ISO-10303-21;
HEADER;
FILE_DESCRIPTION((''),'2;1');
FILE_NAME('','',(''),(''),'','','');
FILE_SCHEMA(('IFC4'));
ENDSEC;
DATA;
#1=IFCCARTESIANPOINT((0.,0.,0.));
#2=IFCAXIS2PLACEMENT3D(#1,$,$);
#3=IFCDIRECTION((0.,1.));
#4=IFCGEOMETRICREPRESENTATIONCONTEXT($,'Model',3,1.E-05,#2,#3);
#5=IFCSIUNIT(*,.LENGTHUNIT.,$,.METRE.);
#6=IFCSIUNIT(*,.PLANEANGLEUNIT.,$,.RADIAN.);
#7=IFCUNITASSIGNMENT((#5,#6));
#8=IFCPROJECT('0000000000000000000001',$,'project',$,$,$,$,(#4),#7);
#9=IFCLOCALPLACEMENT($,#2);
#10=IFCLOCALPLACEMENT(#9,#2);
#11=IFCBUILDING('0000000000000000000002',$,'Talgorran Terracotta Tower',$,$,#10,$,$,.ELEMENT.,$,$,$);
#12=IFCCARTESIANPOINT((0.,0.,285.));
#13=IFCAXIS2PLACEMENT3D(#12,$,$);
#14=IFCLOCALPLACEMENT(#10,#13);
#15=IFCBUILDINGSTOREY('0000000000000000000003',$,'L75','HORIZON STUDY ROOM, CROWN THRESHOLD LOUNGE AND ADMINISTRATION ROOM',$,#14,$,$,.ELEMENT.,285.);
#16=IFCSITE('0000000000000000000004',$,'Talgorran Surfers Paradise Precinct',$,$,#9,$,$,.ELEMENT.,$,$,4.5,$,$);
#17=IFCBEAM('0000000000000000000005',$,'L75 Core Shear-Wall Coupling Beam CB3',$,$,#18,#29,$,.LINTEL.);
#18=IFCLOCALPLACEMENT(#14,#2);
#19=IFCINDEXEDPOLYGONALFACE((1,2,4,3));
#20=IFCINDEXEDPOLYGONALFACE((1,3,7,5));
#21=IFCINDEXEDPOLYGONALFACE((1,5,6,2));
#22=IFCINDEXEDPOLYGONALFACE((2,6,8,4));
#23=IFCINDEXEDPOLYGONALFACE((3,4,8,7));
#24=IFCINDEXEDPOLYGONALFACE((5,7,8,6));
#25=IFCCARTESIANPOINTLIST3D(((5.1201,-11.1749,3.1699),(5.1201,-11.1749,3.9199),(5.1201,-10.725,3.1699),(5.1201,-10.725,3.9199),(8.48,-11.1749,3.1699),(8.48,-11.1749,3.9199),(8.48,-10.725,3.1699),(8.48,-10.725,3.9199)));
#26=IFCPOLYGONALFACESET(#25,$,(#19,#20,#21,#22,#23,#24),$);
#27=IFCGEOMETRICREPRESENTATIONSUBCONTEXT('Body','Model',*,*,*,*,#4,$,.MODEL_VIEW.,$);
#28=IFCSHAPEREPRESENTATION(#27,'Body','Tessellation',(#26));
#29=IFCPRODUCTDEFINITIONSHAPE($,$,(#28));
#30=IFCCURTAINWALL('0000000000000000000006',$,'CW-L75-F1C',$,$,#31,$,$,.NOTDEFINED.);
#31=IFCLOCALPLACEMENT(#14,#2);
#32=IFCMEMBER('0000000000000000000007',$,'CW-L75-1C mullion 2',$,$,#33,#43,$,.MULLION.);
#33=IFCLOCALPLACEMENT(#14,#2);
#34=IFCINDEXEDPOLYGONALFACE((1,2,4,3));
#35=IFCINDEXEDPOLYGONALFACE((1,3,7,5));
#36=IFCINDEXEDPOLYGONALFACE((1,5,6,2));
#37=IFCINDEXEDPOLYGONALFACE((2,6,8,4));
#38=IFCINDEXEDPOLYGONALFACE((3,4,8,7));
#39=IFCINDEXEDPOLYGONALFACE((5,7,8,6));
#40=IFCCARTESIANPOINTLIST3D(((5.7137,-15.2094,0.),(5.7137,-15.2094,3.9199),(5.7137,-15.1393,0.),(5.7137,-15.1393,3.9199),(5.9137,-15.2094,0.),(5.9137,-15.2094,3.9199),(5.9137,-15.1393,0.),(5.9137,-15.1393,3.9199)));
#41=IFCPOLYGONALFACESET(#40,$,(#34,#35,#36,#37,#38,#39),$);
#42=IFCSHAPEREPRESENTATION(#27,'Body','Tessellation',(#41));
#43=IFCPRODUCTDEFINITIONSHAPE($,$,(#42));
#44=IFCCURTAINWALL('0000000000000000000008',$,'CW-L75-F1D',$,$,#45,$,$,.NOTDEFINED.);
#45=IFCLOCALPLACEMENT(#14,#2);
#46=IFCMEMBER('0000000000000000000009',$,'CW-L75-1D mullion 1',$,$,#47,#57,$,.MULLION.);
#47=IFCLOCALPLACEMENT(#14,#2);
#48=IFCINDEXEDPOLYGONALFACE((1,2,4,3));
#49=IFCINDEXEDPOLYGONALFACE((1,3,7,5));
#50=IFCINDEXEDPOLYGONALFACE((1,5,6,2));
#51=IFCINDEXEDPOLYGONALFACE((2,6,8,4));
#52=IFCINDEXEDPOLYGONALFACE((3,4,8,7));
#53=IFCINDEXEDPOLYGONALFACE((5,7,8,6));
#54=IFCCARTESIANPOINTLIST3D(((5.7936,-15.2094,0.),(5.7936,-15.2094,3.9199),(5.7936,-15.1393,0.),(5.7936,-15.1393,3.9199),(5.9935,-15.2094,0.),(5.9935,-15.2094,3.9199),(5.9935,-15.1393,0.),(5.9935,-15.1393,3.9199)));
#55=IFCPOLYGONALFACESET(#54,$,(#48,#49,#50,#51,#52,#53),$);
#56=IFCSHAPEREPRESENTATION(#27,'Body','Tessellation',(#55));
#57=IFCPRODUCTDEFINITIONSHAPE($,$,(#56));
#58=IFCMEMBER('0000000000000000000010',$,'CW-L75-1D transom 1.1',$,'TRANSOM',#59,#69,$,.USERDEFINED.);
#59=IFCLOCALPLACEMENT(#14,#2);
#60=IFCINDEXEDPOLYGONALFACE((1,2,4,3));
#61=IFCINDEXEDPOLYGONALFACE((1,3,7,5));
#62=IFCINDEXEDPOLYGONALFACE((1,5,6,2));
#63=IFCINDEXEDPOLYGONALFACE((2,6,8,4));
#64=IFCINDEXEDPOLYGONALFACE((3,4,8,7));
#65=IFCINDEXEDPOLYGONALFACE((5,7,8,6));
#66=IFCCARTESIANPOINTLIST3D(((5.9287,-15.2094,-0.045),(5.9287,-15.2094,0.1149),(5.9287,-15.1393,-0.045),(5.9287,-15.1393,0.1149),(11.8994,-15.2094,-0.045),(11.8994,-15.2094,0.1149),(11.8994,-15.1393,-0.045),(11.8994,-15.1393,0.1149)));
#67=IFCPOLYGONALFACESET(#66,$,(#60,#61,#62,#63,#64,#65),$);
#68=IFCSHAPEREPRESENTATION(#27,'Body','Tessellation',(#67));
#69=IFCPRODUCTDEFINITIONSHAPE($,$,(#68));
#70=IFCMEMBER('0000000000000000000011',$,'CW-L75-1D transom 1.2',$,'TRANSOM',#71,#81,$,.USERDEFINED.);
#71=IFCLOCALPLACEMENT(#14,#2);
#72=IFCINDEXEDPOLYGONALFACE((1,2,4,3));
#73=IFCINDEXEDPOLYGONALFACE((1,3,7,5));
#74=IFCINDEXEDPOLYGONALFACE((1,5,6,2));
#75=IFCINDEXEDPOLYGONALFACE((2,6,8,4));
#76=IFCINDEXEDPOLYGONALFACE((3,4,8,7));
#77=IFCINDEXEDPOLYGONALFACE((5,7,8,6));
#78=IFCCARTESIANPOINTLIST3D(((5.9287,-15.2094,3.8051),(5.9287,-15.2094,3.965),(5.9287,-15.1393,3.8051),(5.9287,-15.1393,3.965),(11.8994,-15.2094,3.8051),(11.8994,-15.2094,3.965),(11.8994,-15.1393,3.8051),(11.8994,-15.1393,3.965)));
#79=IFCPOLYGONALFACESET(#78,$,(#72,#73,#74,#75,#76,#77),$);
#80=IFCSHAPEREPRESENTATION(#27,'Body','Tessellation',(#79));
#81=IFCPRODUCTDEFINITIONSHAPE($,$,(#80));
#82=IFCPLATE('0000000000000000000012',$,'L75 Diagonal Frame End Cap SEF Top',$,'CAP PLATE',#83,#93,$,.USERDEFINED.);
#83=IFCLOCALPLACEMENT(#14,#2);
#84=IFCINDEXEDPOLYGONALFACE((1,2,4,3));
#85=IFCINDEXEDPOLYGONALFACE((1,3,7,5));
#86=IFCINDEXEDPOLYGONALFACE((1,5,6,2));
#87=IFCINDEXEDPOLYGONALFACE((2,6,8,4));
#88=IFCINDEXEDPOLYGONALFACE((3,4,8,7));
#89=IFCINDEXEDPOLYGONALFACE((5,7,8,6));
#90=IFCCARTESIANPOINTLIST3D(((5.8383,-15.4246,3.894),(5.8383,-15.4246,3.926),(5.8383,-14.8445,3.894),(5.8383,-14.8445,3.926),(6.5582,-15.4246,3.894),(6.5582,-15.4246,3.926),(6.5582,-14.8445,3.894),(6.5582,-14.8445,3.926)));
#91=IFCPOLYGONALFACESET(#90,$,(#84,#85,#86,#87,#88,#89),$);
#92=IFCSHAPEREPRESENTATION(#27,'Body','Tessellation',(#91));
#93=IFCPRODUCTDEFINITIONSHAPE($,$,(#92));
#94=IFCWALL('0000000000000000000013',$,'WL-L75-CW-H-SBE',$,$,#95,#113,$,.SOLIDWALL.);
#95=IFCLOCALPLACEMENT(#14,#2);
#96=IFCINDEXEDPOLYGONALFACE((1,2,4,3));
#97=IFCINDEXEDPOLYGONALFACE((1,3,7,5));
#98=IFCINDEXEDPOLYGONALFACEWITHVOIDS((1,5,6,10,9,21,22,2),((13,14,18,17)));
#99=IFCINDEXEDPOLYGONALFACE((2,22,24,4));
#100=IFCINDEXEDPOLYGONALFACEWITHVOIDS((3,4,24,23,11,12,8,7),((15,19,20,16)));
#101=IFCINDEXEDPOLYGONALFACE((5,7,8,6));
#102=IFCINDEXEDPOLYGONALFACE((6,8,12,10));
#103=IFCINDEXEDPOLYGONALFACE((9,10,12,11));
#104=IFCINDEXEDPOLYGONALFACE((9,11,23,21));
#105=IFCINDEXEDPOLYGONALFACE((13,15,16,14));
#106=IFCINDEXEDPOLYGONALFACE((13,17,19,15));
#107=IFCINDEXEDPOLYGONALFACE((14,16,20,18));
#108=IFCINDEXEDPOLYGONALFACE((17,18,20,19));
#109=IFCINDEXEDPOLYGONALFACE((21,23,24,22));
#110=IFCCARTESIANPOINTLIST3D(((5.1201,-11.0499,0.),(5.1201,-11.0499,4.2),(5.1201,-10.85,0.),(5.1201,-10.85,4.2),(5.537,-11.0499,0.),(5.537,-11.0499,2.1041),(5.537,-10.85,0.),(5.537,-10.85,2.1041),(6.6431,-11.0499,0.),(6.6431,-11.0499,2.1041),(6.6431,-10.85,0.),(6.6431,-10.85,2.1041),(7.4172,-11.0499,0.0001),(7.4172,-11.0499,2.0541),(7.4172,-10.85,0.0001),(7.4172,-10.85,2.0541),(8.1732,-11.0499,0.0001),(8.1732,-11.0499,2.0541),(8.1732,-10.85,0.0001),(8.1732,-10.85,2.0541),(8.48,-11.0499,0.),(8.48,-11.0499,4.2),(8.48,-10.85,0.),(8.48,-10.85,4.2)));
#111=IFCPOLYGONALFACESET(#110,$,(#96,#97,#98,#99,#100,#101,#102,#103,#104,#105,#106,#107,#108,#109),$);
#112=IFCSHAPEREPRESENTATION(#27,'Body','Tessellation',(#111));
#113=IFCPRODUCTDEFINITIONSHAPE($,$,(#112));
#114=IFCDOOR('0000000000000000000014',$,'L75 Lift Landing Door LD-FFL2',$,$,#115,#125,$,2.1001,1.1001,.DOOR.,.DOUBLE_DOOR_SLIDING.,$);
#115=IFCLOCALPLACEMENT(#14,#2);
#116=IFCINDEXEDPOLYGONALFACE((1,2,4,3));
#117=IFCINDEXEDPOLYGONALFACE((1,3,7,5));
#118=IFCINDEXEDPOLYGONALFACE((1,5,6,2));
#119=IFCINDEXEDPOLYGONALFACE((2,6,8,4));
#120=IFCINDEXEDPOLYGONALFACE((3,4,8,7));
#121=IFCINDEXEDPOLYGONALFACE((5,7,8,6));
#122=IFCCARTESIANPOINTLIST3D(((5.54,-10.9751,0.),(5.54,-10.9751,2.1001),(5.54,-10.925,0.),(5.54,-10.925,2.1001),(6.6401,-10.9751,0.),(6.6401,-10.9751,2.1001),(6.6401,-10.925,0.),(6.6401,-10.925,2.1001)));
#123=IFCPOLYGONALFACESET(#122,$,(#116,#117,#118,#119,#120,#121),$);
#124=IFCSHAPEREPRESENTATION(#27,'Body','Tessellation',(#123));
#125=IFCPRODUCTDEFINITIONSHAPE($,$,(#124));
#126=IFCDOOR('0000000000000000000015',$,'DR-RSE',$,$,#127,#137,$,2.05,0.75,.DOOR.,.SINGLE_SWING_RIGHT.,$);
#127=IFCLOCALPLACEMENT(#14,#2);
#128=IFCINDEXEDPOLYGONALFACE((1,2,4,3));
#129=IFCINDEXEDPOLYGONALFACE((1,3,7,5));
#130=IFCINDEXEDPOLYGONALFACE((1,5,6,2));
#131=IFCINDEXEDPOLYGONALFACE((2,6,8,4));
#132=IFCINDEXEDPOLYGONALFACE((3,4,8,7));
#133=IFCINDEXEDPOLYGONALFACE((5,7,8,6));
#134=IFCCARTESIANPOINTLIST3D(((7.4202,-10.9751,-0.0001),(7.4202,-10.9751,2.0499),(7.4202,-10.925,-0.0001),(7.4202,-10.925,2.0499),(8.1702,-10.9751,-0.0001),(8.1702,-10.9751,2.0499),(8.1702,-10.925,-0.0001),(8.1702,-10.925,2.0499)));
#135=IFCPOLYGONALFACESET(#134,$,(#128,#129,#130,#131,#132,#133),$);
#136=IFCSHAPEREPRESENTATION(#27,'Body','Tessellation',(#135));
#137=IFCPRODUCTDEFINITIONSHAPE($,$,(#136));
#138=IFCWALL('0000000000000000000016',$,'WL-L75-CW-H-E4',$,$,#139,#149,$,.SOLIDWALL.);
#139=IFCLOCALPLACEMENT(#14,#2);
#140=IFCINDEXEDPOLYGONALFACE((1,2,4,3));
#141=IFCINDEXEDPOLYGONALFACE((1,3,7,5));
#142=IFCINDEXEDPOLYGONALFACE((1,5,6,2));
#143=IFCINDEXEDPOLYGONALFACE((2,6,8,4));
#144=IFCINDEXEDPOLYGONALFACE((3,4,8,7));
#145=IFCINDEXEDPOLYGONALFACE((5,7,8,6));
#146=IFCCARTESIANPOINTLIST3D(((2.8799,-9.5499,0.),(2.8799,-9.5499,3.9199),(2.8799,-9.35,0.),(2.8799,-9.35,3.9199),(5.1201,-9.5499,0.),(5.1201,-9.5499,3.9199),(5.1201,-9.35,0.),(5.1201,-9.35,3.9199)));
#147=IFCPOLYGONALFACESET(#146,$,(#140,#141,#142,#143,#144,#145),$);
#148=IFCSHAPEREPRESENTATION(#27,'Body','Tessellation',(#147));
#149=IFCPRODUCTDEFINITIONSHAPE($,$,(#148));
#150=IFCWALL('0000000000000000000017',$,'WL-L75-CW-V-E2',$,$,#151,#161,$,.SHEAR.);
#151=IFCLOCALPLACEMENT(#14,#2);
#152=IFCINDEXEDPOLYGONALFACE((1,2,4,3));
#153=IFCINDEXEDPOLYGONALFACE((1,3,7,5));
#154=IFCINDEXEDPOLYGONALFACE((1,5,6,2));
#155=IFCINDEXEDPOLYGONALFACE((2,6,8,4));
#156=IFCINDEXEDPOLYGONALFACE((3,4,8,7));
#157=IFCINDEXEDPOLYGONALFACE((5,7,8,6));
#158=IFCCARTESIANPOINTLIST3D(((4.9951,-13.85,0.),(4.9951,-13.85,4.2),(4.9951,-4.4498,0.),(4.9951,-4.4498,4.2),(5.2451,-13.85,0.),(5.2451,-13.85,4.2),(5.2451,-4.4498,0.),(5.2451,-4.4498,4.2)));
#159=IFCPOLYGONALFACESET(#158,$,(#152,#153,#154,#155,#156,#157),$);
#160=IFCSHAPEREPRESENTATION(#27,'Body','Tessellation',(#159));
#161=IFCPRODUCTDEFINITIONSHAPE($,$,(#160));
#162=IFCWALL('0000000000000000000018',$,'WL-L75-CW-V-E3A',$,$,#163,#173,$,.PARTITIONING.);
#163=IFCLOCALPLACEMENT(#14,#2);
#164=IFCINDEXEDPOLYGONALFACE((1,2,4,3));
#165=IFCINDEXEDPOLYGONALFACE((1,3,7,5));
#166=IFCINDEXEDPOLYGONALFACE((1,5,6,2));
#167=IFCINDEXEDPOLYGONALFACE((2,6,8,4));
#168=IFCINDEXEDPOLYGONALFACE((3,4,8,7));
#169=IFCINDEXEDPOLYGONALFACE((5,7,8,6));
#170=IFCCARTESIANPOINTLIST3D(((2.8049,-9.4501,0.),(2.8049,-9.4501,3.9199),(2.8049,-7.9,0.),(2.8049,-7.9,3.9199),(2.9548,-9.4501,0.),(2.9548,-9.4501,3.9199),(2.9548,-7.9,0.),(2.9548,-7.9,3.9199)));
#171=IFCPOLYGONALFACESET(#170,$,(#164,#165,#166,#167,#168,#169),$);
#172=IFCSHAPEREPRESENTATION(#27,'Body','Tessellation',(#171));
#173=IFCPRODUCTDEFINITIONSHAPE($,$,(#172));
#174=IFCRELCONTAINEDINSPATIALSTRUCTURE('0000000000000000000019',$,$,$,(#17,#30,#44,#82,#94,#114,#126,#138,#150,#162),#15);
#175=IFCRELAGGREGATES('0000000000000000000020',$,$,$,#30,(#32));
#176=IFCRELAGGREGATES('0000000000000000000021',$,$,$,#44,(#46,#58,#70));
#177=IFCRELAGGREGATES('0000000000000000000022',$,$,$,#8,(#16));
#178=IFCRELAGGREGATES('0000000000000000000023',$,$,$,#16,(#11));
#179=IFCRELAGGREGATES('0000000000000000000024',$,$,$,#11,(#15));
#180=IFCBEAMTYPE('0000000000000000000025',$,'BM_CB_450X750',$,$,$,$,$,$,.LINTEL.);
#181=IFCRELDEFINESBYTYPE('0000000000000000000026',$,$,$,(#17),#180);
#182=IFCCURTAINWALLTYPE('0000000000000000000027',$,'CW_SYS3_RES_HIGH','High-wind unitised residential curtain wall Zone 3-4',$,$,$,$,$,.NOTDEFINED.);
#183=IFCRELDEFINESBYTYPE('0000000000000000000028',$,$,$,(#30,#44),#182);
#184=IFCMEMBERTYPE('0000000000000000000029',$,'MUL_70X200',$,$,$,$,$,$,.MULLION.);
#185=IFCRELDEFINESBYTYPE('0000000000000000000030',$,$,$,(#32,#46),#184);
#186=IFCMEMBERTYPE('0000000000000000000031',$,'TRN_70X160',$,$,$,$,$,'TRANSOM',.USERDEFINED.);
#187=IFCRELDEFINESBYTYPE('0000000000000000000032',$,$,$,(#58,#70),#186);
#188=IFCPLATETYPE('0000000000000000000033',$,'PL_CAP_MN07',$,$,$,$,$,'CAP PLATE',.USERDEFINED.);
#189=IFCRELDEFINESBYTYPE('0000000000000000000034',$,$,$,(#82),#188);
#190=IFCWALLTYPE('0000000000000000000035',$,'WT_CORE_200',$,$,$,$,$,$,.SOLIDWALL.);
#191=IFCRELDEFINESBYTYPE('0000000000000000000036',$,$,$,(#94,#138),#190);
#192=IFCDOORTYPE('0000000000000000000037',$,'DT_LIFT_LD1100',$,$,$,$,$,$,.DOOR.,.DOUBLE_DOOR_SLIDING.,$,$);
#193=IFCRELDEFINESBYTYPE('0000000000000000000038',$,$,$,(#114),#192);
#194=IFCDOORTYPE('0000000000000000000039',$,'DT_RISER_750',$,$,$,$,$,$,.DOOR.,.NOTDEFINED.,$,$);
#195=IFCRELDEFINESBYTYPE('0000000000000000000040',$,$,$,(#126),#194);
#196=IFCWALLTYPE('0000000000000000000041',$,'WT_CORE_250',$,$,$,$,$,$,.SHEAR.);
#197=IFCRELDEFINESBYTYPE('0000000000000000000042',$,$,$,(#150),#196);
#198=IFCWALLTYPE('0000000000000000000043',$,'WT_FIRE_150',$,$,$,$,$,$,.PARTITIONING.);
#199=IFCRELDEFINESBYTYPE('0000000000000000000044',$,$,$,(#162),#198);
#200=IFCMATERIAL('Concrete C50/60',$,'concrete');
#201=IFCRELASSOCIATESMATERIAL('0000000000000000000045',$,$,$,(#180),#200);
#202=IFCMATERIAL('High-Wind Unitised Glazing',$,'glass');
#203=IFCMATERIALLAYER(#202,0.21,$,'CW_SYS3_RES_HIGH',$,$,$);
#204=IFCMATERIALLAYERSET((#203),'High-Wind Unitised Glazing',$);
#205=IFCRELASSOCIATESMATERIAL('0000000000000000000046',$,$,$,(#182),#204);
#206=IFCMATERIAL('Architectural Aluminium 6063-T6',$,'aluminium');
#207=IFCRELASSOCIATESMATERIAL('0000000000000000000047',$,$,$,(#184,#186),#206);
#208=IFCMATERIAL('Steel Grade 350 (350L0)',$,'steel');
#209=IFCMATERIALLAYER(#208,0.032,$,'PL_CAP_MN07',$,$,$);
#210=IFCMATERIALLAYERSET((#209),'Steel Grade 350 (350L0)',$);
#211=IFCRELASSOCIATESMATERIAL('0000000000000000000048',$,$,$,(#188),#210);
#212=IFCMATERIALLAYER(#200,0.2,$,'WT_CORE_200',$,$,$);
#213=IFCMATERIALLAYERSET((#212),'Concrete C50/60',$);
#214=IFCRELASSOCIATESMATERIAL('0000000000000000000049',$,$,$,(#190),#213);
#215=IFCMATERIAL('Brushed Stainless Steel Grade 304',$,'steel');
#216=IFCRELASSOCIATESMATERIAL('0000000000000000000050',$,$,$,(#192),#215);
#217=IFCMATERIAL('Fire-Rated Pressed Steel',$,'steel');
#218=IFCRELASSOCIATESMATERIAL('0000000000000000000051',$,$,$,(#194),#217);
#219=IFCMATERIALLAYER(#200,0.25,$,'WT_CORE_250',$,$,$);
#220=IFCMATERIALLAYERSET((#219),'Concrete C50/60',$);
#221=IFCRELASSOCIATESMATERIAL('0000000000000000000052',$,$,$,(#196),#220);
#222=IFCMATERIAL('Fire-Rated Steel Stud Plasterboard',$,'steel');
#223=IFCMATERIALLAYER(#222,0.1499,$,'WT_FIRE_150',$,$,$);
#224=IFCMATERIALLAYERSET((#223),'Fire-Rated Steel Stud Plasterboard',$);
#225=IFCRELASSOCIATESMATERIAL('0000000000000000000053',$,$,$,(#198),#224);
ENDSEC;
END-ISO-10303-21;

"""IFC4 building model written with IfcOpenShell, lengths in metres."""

from ifc_helpers import new_model, si_unit, direction, frame, frame_2d, origin, origin_2d, place, context, subcontext, project, spatial, rectangle, extrude, material, layer, layer_set, material_profile, profile_set, type_object, element, fill, aggregate, save


model = new_model("IFC4")

# Units and contexts
model_context = context("Model", 3, precision=1e-05, world=origin(), true_north=direction((0.0, 1.0)))
body_context = subcontext(model_context, "Body", "Model", "MODEL_VIEW")
ifc_project = project(units=[si_unit("LENGTHUNIT", "METRE"), si_unit("PLANEANGLEUNIT", "RADIAN")], contexts=[model_context])

# Site, building, storey
site_placement = place(None, origin())
site = spatial("IfcSite", under=ifc_project, at=site_placement, Name="Talgorran Surfers Paradise Precinct", CompositionType="ELEMENT", RefElevation=4.5)
building_placement = place(site_placement, origin())
building = spatial("IfcBuilding", under=site, at=building_placement, Name="Talgorran Terracotta Tower", CompositionType="ELEMENT")
storey_placement = place(building_placement, frame((0.0, 0.0, 285.0)))
storey = spatial("IfcBuildingStorey", under=building, at=storey_placement, Name="L75", Description="HORIZON STUDY ROOM, CROWN THRESHOLD LOUNGE AND ADMINISTRATION ROOM", CompositionType="ELEMENT", Elevation=285.0)

# Beam
ifc_material_1 = material(Name="Concrete C50/60", Category="concrete")
ifc_material_profile_1 = material_profile(ifc_material_1, rectangle(XDim=0.45, YDim=0.75, at=origin_2d()), Name="RCCB450X750")
ifc_profile_set_1 = profile_set([ifc_material_profile_1], Name="Concrete C50/60")
beam_type = type_object("IfcBeamType", Name="BM_CB_450X750", PredefinedType="LINTEL", material=ifc_profile_set_1)
beam_placement = place(storey_placement, frame((5.1201, -10.95, 3.5449), z_axis=(1.0, 0.0, 0.0), x_axis=(0.0, 1.0, 0.0)))
element("IfcBeam", 1, at=beam_placement, inside=storey, type_object=beam_type, Name="L75 Core Shear-Wall Coupling Beam CB3", PredefinedType="LINTEL", context=body_context, shape_type="SweptSolid", body=[
    extrude(rectangle(XDim=0.45, YDim=0.75, at=origin_2d()), origin(), (0.0, 0.0, 1.0), 3.3599),
])

# Curtain wall, member
ifc_material_2 = material(Name="High-Wind Unitised Glazing", Category="glass")
ifc_layer_1 = layer(ifc_material_2, 0.21, Name="CW_SYS3_RES_HIGH")
ifc_layer_set_1 = layer_set([ifc_layer_1], Name="High-Wind Unitised Glazing")
curtain_wall_type = type_object("IfcCurtainWallType", Name="CW_SYS3_RES_HIGH", Description="High-wind unitised residential curtain wall Zone 3-4", PredefinedType="NOTDEFINED", material=ifc_layer_set_1)
curtain_wall_1_placement = place(storey_placement, origin())
curtain_wall_1 = element("IfcCurtainWall", 2, at=curtain_wall_1_placement, inside=storey, type_object=curtain_wall_type, Name="CW-L75-F1C", PredefinedType="NOTDEFINED")
ifc_material_3 = material(Name="Architectural Aluminium 6063-T6", Category="aluminium")
ifc_material_profile_2 = material_profile(ifc_material_3, rectangle(XDim=0.0701, YDim=0.2, at=origin_2d()), Name="CWM70X200")
ifc_profile_set_2 = profile_set([ifc_material_profile_2], Name="Architectural Aluminium 6063-T6")
member_type_1 = type_object("IfcMemberType", Name="MUL_70X200", PredefinedType="MULLION", material=ifc_profile_set_2)
member_1_placement = place(storey_placement, frame((5.8137, -15.1743, 0.0), z_axis=(0.0, 0.0, 1.0), x_axis=(0.0, 1.0, 0.0)))
member_1 = element("IfcMember", 3, at=member_1_placement, type_object=member_type_1, Name="CW-L75-1C mullion 2", PredefinedType="MULLION", context=body_context, shape_type="SweptSolid", body=[
    extrude(rectangle(XDim=0.0701, YDim=0.2, at=origin_2d()), origin(), (0.0, 0.0, 1.0), 3.9199),
])
aggregate(curtain_wall_1, [member_1])

# Curtain wall, members
curtain_wall_2_placement = place(storey_placement, origin())
curtain_wall_2 = element("IfcCurtainWall", 4, at=curtain_wall_2_placement, inside=storey, type_object=curtain_wall_type, Name="CW-L75-F1D", PredefinedType="NOTDEFINED")
member_2_placement = place(storey_placement, frame((5.8936, -15.1743, 0.0), z_axis=(0.0, 0.0, 1.0), x_axis=(0.0, 1.0, 0.0)))
member_2 = element("IfcMember", 5, at=member_2_placement, type_object=member_type_1, Name="CW-L75-1D mullion 1", PredefinedType="MULLION", context=body_context, shape_type="SweptSolid", body=[
    extrude(rectangle(XDim=0.0701, YDim=0.2, at=origin_2d()), origin(), (0.0, 0.0, 1.0), 3.9199),
])
ifc_material_profile_3 = material_profile(ifc_material_3, rectangle(XDim=0.0701, YDim=0.1599, at=origin_2d()), Name="CWT70X160")
ifc_profile_set_3 = profile_set([ifc_material_profile_3], Name="Architectural Aluminium 6063-T6")
member_type_2 = type_object("IfcMemberType", Name="TRN_70X160", ElementType="TRANSOM", PredefinedType="USERDEFINED", material=ifc_profile_set_3)
member_3_placement = place(storey_placement, frame((5.9287, -15.1743, 0.0349), z_axis=(1.0, 0.0, 0.0), x_axis=(0.0, 1.0, 0.0)))
member_3 = element("IfcMember", 6, at=member_3_placement, type_object=member_type_2, Name="CW-L75-1D transom 1.1", ObjectType="TRANSOM", PredefinedType="USERDEFINED", context=body_context, shape_type="SweptSolid", body=[
    extrude(rectangle(XDim=0.0701, YDim=0.1599, at=origin_2d()), origin(), (0.0, 0.0, 1.0), 5.9707),
])
member_4_placement = place(storey_placement, frame((5.9287, -15.1743, 3.885), z_axis=(1.0, 0.0, 0.0), x_axis=(0.0, 1.0, 0.0)))
member_4 = element("IfcMember", 7, at=member_4_placement, type_object=member_type_2, Name="CW-L75-1D transom 1.2", ObjectType="TRANSOM", PredefinedType="USERDEFINED", context=body_context, shape_type="SweptSolid", body=[
    extrude(rectangle(XDim=0.0701, YDim=0.1599, at=origin_2d()), origin(), (0.0, 0.0, 1.0), 5.9707),
])
aggregate(curtain_wall_2, [member_2, member_3, member_4])

# Plate
ifc_material_4 = material(Name="Steel Grade 350 (350L0)", Category="steel")
ifc_layer_2 = layer(ifc_material_4, 0.032, Name="PL_CAP_MN07")
ifc_layer_set_2 = layer_set([ifc_layer_2], Name="Steel Grade 350 (350L0)")
plate_type = type_object("IfcPlateType", Name="PL_CAP_MN07", ElementType="CAP PLATE", PredefinedType="USERDEFINED", material=ifc_layer_set_2)
plate_placement = place(storey_placement, frame((6.1982, -15.1345, 3.894), z_axis=(0.0, 0.0, 1.0), x_axis=(-1.0, 0.0, 0.0)))
element("IfcPlate", 8, at=plate_placement, inside=storey, type_object=plate_type, Name="L75 Diagonal Frame End Cap SEF Top", ObjectType="CAP PLATE", PredefinedType="USERDEFINED", context=body_context, shape_type="SweptSolid", body=[
    extrude(rectangle(XDim=0.72, YDim=0.5801, at=origin_2d()), origin(), (0.0, 0.0, 1.0), 0.032),
])

# Wall, openings, doors
ifc_layer_3 = layer(ifc_material_1, 0.2, Name="WT_CORE_200")
ifc_layer_set_3 = layer_set([ifc_layer_3], Name="Concrete C50/60")
wall_type_1 = type_object("IfcWallType", Name="WT_CORE_200", PredefinedType="SOLIDWALL", material=ifc_layer_set_3)
wall_1_placement = place(storey_placement, frame((5.1201, -10.95, 0.0), z_axis=(0.0, 0.0, 1.0), x_axis=(1.0, 0.0, 0.0)))
wall_1 = element("IfcWall", 9, at=wall_1_placement, inside=storey, type_object=wall_type_1, Name="WL-L75-CW-H-SBE", PredefinedType="SOLIDWALL", context=body_context, shape_type="SweptSolid", body=[
    extrude(rectangle(XDim=3.3599, YDim=0.2, at=frame_2d((1.6799, 0.0))), origin(), (0.0, 0.0, 1.0), 4.2),
])
opening_1_placement = place(wall_1_placement, frame((0.4199, 0.0, 0.0)))
opening_1 = element("IfcOpeningElement", 10, at=opening_1_placement, cuts=wall_1, PredefinedType="OPENING", context=body_context, shape_type="SweptSolid", body=[
    extrude(rectangle(XDim=1.1061, YDim=2.1041, at=frame_2d((0.55, 1.052))), frame((0.0, 0.1099, 0.0), z_axis=(0.0, -1.0, 0.0), x_axis=(1.0, 0.0, 0.0)), (0.0, 0.0, 1.0), 0.22),
])
opening_2_placement = place(wall_1_placement, frame((2.3, 0.0, 0.0)))
opening_2 = element("IfcOpeningElement", 11, at=opening_2_placement, cuts=wall_1, PredefinedType="OPENING", context=body_context, shape_type="SweptSolid", body=[
    extrude(rectangle(XDim=0.756, YDim=2.054, at=frame_2d((0.375, 1.0271))), frame((0.0, 0.1099, 0.0), z_axis=(0.0, -1.0, 0.0), x_axis=(1.0, 0.0, 0.0)), (0.0, 0.0, 1.0), 0.22),
])
ifc_material_5 = material(Name="Brushed Stainless Steel Grade 304", Category="steel")
door_type_1 = type_object("IfcDoorType", Name="DT_LIFT_LD1100", OperationType="DOUBLE_DOOR_SLIDING", PredefinedType="DOOR", material=ifc_material_5)
door_1_placement = place(opening_1_placement, origin())
door_1 = element("IfcDoor", 12, at=door_1_placement, inside=storey, type_object=door_type_1, Name="L75 Lift Landing Door LD-FFL2", OperationType="DOUBLE_DOOR_SLIDING", OverallHeight=2.1001, OverallWidth=1.1001, PredefinedType="DOOR", context=body_context, shape_type="SweptSolid", body=[
    extrude(rectangle(XDim=1.1001, YDim=2.1001, at=frame_2d((0.55, 1.05))), frame((0.0, 0.0249, 0.0), z_axis=(0.0, -1.0, 0.0), x_axis=(1.0, 0.0, 0.0)), (0.0, 0.0, 1.0), 0.05),
])
fill(opening_1, door_1)
ifc_material_6 = material(Name="Fire-Rated Pressed Steel", Category="steel")
door_type_2 = type_object("IfcDoorType", Name="DT_RISER_750", OperationType="NOTDEFINED", PredefinedType="DOOR", material=ifc_material_6)
door_2_placement = place(opening_2_placement, origin())
door_2 = element("IfcDoor", 13, at=door_2_placement, inside=storey, type_object=door_type_2, Name="DR-RSE", OperationType="SINGLE_SWING_RIGHT", OverallHeight=2.05, OverallWidth=0.75, PredefinedType="DOOR", context=body_context, shape_type="SweptSolid", body=[
    extrude(rectangle(XDim=0.75, YDim=2.05, at=frame_2d((0.375, 1.0249))), frame((0.0, 0.0249, 0.0), z_axis=(0.0, -1.0, 0.0), x_axis=(1.0, 0.0, 0.0)), (0.0, 0.0, 1.0), 0.05),
])
fill(opening_2, door_2)

# Walls
wall_2_placement = place(storey_placement, frame((2.8799, -9.45, 0.0), z_axis=(0.0, 0.0, 1.0), x_axis=(1.0, 0.0, 0.0)))
element("IfcWall", 14, at=wall_2_placement, inside=storey, type_object=wall_type_1, Name="WL-L75-CW-H-E4", PredefinedType="SOLIDWALL", context=body_context, shape_type="SweptSolid", body=[
    extrude(rectangle(XDim=2.2402, YDim=0.2, at=frame_2d((1.1201, 0.0))), origin(), (0.0, 0.0, 1.0), 3.9199),
])
ifc_layer_4 = layer(ifc_material_1, 0.25, Name="WT_CORE_250")
ifc_layer_set_4 = layer_set([ifc_layer_4], Name="Concrete C50/60")
wall_type_2 = type_object("IfcWallType", Name="WT_CORE_250", PredefinedType="SHEAR", material=ifc_layer_set_4)
wall_3_placement = place(storey_placement, frame((5.1201, -13.8501, 0.0), z_axis=(0.0, 0.0, 1.0), x_axis=(0.0, 1.0, 0.0)))
element("IfcWall", 15, at=wall_3_placement, inside=storey, type_object=wall_type_2, Name="WL-L75-CW-V-E2", PredefinedType="SHEAR", context=body_context, shape_type="SweptSolid", body=[
    extrude(rectangle(XDim=9.4001, YDim=0.25, at=frame_2d((4.7002, 0.0))), origin(), (0.0, 0.0, 1.0), 4.2),
])
ifc_material_7 = material(Name="Fire-Rated Steel Stud Plasterboard", Category="steel")
ifc_layer_5 = layer(ifc_material_7, 0.1499, Name="WT_FIRE_150")
ifc_layer_set_5 = layer_set([ifc_layer_5], Name="Fire-Rated Steel Stud Plasterboard")
wall_type_3 = type_object("IfcWallType", Name="WT_FIRE_150", PredefinedType="PARTITIONING", material=ifc_layer_set_5)
wall_4_placement = place(storey_placement, frame((2.8799, -9.45, 0.0), z_axis=(0.0, 0.0, 1.0), x_axis=(0.0, 1.0, 0.0)))
element("IfcWall", 16, at=wall_4_placement, inside=storey, type_object=wall_type_3, Name="WL-L75-CW-V-E3A", PredefinedType="PARTITIONING", context=body_context, shape_type="SweptSolid", body=[
    extrude(rectangle(XDim=1.55, YDim=0.1499, at=frame_2d((0.7749, 0.0))), origin(), (0.0, 0.0, 1.0), 3.9199),
])

save(model, "model.ifc")
